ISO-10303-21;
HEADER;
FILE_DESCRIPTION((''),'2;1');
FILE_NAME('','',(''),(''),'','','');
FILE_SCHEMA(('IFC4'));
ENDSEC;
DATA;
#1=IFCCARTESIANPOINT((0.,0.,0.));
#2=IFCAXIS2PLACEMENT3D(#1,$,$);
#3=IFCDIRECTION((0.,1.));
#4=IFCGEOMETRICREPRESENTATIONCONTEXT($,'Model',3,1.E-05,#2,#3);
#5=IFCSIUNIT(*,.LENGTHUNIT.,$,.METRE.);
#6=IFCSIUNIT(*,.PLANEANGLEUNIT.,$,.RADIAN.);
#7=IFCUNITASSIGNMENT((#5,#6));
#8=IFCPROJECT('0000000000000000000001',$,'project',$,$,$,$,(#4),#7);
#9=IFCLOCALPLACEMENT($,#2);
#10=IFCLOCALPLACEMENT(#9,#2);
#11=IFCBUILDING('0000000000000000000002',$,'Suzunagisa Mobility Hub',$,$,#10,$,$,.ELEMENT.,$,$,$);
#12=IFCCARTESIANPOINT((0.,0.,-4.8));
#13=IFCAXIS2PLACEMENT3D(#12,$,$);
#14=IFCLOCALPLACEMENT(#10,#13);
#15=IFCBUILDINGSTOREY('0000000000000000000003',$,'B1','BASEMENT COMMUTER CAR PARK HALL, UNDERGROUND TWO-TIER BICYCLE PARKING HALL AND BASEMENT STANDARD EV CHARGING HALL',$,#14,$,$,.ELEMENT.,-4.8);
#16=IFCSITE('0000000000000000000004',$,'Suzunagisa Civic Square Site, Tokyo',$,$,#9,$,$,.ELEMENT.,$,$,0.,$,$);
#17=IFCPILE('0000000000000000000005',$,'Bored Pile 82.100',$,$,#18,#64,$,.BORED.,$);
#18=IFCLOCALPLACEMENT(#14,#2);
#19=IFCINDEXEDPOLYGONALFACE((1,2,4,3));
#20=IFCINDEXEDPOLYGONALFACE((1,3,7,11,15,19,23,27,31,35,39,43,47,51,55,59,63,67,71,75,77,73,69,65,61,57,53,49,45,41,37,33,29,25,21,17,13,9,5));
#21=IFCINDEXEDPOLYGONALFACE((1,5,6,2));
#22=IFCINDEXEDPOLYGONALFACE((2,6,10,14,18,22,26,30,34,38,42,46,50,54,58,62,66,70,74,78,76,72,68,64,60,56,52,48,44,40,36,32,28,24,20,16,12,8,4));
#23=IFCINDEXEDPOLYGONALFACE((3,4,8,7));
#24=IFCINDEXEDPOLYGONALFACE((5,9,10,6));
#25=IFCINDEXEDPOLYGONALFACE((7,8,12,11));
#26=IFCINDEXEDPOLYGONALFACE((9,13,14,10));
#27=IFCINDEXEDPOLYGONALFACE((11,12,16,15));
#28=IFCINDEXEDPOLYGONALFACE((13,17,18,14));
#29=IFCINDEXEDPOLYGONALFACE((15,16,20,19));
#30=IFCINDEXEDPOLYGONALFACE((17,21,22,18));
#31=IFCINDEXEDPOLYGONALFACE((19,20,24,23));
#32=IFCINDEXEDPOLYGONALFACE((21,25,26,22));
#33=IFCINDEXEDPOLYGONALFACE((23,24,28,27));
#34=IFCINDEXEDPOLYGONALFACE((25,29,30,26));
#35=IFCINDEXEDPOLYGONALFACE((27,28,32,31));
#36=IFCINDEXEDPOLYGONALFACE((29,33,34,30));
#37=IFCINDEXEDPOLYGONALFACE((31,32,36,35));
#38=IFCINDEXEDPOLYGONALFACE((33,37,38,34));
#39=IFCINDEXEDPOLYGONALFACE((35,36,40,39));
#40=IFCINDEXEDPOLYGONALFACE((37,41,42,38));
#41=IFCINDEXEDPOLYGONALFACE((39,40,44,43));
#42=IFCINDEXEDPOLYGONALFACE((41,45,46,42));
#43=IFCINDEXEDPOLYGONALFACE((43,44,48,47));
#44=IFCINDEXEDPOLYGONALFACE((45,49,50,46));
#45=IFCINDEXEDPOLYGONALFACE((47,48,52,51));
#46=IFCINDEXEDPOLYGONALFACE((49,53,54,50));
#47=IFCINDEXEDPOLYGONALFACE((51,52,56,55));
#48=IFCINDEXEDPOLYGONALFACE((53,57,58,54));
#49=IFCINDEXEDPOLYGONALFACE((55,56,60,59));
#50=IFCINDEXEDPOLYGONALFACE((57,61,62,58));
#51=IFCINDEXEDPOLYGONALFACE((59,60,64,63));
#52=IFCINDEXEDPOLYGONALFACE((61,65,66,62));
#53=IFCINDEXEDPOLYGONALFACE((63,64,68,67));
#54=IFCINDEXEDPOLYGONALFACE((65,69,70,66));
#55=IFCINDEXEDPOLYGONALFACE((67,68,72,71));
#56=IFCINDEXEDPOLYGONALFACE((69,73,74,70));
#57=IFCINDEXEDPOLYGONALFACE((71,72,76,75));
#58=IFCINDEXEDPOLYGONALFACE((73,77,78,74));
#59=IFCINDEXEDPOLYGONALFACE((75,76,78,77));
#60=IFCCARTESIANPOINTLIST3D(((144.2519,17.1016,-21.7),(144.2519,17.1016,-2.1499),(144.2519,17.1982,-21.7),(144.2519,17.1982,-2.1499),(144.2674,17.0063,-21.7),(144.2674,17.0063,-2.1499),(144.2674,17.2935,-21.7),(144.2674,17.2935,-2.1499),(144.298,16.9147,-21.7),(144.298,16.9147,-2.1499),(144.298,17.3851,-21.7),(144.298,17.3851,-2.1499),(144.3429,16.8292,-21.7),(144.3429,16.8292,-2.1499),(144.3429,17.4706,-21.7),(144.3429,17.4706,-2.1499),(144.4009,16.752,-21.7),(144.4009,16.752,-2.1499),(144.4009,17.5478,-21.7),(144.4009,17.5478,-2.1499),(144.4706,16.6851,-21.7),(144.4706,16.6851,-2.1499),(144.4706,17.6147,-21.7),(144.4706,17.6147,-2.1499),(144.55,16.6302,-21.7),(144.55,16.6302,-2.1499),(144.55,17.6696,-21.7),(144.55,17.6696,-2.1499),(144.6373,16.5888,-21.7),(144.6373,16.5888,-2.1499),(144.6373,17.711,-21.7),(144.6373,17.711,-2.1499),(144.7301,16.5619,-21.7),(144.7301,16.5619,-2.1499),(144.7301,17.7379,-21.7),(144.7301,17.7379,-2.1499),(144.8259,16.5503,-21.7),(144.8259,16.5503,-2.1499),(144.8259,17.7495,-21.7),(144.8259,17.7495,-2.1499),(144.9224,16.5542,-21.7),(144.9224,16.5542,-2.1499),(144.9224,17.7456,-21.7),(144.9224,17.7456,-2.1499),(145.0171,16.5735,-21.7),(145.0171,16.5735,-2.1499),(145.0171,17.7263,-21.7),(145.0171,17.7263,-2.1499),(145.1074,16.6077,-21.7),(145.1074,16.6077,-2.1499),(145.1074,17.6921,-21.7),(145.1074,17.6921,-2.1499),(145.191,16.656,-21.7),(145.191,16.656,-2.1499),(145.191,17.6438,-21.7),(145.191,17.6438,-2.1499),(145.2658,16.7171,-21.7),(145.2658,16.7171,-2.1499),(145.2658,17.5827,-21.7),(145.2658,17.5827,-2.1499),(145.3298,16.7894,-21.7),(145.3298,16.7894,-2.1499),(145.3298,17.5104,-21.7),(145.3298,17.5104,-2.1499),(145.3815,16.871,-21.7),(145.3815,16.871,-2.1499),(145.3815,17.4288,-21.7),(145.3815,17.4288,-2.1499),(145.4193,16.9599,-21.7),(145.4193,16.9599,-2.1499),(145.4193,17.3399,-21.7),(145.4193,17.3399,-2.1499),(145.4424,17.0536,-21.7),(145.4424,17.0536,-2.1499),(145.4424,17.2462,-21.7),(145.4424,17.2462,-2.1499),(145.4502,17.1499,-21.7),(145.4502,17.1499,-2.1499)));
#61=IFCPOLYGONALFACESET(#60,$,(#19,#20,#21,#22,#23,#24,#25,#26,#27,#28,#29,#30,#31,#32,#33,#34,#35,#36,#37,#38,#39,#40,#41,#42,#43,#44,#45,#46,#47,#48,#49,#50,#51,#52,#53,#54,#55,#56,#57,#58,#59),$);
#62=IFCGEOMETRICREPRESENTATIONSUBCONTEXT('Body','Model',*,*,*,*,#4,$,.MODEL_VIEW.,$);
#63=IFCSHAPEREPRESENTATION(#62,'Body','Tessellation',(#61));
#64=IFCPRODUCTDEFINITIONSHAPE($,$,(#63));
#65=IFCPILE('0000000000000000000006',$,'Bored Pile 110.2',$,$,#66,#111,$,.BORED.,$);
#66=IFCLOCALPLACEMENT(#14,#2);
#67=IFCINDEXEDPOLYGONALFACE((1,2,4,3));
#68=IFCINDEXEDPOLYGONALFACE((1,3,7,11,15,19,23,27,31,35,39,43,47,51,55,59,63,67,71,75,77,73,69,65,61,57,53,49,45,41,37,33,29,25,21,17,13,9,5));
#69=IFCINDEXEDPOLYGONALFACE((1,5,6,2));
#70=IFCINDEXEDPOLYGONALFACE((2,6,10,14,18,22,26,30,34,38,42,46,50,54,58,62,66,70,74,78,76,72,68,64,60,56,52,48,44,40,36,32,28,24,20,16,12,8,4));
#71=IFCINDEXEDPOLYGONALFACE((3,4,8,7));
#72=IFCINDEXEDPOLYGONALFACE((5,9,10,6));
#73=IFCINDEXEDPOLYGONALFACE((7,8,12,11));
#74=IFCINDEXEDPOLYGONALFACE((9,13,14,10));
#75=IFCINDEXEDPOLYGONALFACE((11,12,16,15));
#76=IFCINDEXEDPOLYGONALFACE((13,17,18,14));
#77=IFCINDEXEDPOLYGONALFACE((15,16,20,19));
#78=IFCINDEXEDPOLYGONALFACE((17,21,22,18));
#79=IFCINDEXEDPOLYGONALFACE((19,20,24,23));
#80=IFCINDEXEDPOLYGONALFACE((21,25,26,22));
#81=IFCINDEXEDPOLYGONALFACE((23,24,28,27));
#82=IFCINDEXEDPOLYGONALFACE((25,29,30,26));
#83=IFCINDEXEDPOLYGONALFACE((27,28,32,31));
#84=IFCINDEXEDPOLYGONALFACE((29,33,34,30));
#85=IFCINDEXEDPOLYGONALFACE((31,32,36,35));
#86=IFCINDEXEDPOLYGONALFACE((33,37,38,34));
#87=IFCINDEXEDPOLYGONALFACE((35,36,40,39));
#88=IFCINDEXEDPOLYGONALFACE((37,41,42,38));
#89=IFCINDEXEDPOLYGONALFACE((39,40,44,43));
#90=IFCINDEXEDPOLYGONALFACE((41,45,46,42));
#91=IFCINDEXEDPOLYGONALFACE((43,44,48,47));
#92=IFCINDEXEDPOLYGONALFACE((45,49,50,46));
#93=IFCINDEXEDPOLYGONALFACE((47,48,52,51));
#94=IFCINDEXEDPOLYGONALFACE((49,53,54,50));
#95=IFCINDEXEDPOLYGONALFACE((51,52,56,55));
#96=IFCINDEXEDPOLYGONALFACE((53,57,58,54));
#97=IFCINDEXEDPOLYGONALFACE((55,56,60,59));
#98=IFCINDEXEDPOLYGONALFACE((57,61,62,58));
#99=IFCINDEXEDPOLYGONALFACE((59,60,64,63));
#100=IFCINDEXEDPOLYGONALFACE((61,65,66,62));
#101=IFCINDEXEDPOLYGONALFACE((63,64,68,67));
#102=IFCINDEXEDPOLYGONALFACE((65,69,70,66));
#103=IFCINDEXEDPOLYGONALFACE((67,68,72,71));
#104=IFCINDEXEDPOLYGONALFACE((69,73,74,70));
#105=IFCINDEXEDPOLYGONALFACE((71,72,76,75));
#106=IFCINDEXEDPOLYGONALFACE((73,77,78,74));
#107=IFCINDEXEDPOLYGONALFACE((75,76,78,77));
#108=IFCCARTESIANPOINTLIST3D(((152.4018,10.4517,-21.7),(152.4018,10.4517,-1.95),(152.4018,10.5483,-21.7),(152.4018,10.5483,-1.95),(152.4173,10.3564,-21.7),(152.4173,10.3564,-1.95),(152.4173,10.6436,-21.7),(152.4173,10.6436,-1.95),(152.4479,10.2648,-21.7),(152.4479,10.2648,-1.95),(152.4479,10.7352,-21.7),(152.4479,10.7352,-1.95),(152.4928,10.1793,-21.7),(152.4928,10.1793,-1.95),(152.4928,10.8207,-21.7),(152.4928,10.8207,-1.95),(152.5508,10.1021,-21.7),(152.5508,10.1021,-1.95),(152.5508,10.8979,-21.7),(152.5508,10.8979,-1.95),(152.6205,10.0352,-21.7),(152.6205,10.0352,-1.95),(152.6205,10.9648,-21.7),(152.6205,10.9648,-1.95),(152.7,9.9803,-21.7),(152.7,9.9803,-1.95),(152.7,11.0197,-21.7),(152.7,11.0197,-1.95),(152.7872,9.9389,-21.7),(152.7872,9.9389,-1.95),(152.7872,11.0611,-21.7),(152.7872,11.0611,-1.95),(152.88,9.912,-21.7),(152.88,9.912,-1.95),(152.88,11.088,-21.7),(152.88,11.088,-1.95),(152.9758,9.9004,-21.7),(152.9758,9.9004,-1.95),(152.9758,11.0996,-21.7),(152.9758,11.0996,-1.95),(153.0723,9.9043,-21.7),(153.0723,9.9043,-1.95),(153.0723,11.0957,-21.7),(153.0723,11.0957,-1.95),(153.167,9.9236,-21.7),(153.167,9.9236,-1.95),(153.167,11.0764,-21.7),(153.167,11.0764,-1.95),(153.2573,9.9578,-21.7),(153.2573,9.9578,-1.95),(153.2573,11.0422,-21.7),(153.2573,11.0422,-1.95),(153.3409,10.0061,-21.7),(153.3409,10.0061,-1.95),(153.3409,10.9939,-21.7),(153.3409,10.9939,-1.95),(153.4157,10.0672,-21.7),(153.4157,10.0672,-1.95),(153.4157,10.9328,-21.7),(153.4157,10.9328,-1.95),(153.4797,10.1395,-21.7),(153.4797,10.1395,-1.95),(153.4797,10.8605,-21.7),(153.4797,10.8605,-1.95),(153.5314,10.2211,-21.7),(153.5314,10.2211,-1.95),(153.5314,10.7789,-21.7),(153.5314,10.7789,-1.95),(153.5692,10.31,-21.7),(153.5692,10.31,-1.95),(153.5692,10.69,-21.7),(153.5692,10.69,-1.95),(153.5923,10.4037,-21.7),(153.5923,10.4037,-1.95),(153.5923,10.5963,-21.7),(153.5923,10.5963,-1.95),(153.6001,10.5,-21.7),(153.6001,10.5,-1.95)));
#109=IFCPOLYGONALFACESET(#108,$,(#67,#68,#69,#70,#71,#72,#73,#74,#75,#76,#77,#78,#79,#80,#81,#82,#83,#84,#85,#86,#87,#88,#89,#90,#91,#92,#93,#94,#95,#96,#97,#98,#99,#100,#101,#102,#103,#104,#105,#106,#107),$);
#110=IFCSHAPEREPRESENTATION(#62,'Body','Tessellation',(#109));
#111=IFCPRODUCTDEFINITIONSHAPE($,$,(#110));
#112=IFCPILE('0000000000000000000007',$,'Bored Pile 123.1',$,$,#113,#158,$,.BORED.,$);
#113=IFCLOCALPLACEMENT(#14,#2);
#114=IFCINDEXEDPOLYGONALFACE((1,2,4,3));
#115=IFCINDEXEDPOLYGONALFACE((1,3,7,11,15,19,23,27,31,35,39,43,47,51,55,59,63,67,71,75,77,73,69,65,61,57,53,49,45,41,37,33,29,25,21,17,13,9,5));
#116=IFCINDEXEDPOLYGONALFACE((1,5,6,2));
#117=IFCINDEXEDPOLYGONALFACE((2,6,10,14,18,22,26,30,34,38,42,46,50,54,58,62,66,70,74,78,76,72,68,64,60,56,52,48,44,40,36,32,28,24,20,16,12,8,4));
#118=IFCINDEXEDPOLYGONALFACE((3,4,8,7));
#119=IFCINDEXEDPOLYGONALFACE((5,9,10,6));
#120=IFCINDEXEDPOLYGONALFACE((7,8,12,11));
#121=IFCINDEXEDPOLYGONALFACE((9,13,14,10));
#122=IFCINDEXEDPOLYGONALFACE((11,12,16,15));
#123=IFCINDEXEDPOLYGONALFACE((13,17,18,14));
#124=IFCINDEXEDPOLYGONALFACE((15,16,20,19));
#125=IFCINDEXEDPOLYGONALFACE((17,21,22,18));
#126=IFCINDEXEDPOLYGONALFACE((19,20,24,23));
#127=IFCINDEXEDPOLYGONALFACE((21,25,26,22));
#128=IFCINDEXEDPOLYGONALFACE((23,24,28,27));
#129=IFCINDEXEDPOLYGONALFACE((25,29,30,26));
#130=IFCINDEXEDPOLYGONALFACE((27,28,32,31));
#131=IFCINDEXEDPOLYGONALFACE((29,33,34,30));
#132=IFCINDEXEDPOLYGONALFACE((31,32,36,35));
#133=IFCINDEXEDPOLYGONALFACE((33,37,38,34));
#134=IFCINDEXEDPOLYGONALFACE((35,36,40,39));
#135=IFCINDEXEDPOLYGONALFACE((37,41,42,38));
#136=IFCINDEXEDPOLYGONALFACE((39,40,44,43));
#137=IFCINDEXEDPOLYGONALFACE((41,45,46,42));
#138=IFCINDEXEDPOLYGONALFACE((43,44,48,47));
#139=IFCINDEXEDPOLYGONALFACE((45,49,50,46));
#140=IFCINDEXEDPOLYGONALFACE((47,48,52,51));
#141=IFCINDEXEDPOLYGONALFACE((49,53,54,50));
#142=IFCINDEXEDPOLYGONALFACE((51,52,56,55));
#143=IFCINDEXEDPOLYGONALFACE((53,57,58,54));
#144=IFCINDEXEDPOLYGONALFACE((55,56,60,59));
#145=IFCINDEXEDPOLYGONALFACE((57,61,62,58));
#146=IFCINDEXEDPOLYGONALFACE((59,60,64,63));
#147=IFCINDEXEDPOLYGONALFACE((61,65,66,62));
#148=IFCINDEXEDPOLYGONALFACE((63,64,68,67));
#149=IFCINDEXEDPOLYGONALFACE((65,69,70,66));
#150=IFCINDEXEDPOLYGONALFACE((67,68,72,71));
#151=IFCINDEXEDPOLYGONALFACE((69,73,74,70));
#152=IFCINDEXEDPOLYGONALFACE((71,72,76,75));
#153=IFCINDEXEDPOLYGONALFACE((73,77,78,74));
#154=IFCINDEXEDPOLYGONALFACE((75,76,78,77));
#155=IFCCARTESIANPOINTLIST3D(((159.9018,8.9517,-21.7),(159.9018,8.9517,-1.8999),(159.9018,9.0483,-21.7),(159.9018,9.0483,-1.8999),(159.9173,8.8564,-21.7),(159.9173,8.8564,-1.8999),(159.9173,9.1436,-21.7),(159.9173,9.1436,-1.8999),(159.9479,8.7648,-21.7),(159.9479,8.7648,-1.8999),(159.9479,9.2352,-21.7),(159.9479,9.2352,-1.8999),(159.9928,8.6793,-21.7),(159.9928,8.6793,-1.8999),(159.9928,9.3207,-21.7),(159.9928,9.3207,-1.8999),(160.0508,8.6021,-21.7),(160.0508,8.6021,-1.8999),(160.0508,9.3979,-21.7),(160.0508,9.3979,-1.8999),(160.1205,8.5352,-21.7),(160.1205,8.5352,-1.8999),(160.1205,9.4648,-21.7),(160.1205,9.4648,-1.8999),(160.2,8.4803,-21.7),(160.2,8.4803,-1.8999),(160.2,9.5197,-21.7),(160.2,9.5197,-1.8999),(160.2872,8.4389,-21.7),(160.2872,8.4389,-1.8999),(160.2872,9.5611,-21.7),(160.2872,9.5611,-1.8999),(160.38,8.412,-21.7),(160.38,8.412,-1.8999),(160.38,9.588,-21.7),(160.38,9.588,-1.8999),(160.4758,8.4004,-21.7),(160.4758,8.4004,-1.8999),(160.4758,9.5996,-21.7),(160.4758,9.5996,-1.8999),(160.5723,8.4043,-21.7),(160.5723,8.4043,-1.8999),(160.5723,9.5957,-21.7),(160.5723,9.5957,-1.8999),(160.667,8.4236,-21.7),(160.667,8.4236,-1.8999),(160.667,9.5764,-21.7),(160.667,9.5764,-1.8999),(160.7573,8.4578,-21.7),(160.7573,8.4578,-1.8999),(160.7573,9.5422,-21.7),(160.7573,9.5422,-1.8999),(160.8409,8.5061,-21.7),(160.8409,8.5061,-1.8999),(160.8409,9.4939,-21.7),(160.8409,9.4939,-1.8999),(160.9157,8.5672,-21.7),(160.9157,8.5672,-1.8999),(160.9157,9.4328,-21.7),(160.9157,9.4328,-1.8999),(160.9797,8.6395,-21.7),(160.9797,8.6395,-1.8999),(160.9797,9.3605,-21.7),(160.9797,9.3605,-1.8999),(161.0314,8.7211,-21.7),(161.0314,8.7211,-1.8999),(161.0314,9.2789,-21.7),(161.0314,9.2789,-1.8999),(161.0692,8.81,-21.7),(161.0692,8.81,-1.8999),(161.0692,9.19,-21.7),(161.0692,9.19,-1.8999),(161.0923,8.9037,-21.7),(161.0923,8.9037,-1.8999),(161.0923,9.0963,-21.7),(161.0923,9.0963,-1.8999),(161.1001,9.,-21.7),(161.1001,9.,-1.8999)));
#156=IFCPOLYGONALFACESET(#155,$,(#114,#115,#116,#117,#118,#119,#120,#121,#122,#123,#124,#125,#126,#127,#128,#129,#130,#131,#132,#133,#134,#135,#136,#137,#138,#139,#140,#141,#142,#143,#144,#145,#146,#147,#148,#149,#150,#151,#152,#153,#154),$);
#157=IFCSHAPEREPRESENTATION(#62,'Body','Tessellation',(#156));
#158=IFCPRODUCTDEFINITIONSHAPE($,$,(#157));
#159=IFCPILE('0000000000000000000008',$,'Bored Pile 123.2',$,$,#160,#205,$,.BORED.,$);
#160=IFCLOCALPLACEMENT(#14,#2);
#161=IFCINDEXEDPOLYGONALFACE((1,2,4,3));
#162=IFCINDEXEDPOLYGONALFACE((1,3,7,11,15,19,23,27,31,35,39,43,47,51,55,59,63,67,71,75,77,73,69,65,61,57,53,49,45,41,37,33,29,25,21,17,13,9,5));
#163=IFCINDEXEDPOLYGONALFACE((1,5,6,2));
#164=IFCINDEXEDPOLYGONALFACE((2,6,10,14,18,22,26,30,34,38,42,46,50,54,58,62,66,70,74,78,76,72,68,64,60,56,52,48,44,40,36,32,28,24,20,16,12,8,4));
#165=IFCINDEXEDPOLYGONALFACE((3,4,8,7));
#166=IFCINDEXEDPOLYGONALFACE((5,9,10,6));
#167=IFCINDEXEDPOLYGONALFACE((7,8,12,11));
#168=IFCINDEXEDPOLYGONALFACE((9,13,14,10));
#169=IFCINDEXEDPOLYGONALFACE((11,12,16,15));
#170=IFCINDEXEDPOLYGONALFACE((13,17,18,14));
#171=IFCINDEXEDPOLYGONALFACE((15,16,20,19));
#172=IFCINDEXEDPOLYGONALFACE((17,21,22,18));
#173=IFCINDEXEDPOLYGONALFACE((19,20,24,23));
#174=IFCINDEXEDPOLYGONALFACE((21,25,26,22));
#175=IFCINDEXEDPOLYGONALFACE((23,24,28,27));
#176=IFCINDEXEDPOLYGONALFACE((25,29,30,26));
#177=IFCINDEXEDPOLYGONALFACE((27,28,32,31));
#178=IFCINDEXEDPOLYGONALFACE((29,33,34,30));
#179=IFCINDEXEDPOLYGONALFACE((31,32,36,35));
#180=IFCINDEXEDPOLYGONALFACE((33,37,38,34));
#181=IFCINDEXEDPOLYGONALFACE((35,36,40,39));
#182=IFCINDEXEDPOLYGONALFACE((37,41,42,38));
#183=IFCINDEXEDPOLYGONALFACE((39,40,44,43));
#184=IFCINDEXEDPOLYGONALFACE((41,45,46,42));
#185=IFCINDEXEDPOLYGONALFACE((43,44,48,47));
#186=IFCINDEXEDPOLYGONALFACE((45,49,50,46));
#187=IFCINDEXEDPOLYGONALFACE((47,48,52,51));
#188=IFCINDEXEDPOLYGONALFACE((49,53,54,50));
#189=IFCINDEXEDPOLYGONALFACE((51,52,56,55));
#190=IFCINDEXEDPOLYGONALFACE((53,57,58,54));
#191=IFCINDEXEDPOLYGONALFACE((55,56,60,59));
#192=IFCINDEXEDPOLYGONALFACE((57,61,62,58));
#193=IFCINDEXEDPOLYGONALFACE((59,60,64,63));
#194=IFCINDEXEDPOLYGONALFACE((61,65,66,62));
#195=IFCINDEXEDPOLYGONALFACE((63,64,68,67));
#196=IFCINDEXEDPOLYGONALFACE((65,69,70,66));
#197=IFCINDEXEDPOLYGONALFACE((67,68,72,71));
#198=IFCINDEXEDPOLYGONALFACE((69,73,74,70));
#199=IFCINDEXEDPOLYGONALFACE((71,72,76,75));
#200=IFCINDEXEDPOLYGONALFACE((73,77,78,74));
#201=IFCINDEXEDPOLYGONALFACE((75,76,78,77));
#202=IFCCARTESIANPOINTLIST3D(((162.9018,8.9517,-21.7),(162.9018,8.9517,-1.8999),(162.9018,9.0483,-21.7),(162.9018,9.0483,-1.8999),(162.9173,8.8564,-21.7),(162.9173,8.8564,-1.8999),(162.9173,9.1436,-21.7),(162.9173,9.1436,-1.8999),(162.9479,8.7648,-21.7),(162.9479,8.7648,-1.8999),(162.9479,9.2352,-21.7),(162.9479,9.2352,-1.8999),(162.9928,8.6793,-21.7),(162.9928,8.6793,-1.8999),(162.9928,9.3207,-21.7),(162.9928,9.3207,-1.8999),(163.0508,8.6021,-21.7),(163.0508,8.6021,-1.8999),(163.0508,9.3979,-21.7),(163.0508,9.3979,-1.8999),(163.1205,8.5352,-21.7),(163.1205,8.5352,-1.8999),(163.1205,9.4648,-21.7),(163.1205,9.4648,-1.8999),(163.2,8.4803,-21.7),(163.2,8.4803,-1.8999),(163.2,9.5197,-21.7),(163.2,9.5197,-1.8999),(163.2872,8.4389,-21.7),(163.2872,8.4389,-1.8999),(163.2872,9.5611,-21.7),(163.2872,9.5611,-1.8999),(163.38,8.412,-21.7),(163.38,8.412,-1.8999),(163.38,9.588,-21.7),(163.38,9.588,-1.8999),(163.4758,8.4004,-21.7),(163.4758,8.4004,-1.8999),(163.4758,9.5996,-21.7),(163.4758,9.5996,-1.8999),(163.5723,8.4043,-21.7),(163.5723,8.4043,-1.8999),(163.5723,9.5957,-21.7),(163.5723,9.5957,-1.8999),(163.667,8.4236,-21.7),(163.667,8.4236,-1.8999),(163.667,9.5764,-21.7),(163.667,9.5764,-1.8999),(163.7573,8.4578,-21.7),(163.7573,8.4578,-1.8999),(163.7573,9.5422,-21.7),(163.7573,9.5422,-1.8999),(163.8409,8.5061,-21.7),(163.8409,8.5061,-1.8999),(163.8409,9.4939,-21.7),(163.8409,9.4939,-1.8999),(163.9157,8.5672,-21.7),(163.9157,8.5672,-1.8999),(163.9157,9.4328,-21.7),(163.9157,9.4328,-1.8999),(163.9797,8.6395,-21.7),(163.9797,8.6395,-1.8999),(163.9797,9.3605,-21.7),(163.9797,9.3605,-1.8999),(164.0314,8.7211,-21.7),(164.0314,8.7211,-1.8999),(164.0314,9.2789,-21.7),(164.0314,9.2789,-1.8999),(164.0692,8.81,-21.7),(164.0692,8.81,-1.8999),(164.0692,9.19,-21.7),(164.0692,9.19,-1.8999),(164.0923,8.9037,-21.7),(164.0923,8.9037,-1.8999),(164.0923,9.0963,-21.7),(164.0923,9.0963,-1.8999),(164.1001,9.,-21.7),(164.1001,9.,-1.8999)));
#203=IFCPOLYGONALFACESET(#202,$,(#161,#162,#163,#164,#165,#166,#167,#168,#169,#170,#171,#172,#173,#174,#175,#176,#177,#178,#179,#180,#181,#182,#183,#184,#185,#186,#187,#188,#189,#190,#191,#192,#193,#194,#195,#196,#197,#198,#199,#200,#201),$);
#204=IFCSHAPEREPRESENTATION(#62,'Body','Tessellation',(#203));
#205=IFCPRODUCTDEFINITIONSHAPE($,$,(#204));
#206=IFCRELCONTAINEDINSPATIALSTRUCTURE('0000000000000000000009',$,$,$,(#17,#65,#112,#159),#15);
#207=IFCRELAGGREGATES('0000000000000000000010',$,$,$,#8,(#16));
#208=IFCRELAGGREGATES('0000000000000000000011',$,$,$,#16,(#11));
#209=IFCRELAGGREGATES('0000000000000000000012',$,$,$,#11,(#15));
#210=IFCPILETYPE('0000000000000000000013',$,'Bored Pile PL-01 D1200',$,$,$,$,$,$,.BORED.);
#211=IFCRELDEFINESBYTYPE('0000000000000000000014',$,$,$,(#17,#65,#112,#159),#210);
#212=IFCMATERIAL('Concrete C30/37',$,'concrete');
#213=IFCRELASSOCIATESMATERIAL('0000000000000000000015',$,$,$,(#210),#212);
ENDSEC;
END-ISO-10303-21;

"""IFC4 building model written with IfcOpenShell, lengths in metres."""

from ifc_helpers import new_model, si_unit, direction, frame, origin, origin_2d, place, context, subcontext, project, spatial, circle, extrude, material, material_profile, profile_set, type_object, element, save


model = new_model("IFC4")

# Units and contexts
model_context = context("Model", 3, precision=1e-05, world=origin(), true_north=direction((0.0, 1.0)))
body_context = subcontext(model_context, "Body", "Model", "MODEL_VIEW")
ifc_project = project(units=[si_unit("LENGTHUNIT", "METRE"), si_unit("PLANEANGLEUNIT", "RADIAN")], contexts=[model_context])

# Site, building, storey
site_placement = place(None, origin())
site = spatial("IfcSite", under=ifc_project, at=site_placement, Name="Suzunagisa Civic Square Site, Tokyo", CompositionType="ELEMENT", RefElevation=0.0)
building_placement = place(site_placement, origin())
building = spatial("IfcBuilding", under=site, at=building_placement, Name="Suzunagisa Mobility Hub", CompositionType="ELEMENT")
storey_placement = place(building_placement, frame((0.0, 0.0, -4.8)))
storey = spatial("IfcBuildingStorey", under=building, at=storey_placement, Name="B1", Description="BASEMENT COMMUTER CAR PARK HALL, UNDERGROUND TWO-TIER BICYCLE PARKING HALL AND BASEMENT STANDARD EV CHARGING HALL", CompositionType="ELEMENT", Elevation=-4.8)

# Piles
ifc_material_1 = material(Name="Concrete C30/37", Category="concrete")
ifc_material_profile_1 = material_profile(ifc_material_1, circle(Radius=0.6001, at=origin_2d()), Name="BORED PILE D1200")
ifc_profile_set_1 = profile_set([ifc_material_profile_1], Name="Concrete C30/37")
pile_type_1 = type_object("IfcPileType", Name="Bored Pile PL-01 D1200", PredefinedType="BORED", material=ifc_profile_set_1)
pile_1_placement = place(storey_placement, frame((144.8501, 17.1499, -2.1499), z_axis=(0.0, 0.0, -1.0), x_axis=(1.0, 0.0, 0.0)))
element("IfcPile", 1, at=pile_1_placement, inside=storey, type_object=pile_type_1, Name="Bored Pile 82.100", PredefinedType="BORED", context=body_context, shape_type="SweptSolid", body=[
    extrude(circle(Radius=0.6001, at=origin_2d()), origin(), (0.0, 0.0, 1.0), 19.55),
])
pile_2_placement = place(storey_placement, frame((153.0, 10.5, -1.95), z_axis=(0.0, 0.0, -1.0), x_axis=(1.0, 0.0, 0.0)))
element("IfcPile", 2, at=pile_2_placement, inside=storey, type_object=pile_type_1, Name="Bored Pile 110.2", PredefinedType="BORED", context=body_context, shape_type="SweptSolid", body=[
    extrude(circle(Radius=0.6001, at=origin_2d()), origin(), (0.0, 0.0, 1.0), 19.75),
])
for number, where, z_axis, x_axis, name in (
    (3, (160.5, 9.0, -1.8999), (0.0, 0.0, -1.0), (1.0, 0.0, 0.0), "Bored Pile 123.1"),
    (4, (163.5, 9.0, -1.8999), (0.0, 0.0, -1.0), (1.0, 0.0, 0.0), "Bored Pile 123.2"),
):
    element("IfcPile", number, at=place(storey_placement, frame(where, z_axis=z_axis, x_axis=x_axis)), inside=storey, type_object=pile_type_1, Name=name, PredefinedType="BORED", context=body_context, shape_type="SweptSolid", body=[
        extrude(circle(Radius=0.6001, at=origin_2d()), origin(), (0.0, 0.0, 1.0), 19.8),
    ])

save(model, "model.ifc")
